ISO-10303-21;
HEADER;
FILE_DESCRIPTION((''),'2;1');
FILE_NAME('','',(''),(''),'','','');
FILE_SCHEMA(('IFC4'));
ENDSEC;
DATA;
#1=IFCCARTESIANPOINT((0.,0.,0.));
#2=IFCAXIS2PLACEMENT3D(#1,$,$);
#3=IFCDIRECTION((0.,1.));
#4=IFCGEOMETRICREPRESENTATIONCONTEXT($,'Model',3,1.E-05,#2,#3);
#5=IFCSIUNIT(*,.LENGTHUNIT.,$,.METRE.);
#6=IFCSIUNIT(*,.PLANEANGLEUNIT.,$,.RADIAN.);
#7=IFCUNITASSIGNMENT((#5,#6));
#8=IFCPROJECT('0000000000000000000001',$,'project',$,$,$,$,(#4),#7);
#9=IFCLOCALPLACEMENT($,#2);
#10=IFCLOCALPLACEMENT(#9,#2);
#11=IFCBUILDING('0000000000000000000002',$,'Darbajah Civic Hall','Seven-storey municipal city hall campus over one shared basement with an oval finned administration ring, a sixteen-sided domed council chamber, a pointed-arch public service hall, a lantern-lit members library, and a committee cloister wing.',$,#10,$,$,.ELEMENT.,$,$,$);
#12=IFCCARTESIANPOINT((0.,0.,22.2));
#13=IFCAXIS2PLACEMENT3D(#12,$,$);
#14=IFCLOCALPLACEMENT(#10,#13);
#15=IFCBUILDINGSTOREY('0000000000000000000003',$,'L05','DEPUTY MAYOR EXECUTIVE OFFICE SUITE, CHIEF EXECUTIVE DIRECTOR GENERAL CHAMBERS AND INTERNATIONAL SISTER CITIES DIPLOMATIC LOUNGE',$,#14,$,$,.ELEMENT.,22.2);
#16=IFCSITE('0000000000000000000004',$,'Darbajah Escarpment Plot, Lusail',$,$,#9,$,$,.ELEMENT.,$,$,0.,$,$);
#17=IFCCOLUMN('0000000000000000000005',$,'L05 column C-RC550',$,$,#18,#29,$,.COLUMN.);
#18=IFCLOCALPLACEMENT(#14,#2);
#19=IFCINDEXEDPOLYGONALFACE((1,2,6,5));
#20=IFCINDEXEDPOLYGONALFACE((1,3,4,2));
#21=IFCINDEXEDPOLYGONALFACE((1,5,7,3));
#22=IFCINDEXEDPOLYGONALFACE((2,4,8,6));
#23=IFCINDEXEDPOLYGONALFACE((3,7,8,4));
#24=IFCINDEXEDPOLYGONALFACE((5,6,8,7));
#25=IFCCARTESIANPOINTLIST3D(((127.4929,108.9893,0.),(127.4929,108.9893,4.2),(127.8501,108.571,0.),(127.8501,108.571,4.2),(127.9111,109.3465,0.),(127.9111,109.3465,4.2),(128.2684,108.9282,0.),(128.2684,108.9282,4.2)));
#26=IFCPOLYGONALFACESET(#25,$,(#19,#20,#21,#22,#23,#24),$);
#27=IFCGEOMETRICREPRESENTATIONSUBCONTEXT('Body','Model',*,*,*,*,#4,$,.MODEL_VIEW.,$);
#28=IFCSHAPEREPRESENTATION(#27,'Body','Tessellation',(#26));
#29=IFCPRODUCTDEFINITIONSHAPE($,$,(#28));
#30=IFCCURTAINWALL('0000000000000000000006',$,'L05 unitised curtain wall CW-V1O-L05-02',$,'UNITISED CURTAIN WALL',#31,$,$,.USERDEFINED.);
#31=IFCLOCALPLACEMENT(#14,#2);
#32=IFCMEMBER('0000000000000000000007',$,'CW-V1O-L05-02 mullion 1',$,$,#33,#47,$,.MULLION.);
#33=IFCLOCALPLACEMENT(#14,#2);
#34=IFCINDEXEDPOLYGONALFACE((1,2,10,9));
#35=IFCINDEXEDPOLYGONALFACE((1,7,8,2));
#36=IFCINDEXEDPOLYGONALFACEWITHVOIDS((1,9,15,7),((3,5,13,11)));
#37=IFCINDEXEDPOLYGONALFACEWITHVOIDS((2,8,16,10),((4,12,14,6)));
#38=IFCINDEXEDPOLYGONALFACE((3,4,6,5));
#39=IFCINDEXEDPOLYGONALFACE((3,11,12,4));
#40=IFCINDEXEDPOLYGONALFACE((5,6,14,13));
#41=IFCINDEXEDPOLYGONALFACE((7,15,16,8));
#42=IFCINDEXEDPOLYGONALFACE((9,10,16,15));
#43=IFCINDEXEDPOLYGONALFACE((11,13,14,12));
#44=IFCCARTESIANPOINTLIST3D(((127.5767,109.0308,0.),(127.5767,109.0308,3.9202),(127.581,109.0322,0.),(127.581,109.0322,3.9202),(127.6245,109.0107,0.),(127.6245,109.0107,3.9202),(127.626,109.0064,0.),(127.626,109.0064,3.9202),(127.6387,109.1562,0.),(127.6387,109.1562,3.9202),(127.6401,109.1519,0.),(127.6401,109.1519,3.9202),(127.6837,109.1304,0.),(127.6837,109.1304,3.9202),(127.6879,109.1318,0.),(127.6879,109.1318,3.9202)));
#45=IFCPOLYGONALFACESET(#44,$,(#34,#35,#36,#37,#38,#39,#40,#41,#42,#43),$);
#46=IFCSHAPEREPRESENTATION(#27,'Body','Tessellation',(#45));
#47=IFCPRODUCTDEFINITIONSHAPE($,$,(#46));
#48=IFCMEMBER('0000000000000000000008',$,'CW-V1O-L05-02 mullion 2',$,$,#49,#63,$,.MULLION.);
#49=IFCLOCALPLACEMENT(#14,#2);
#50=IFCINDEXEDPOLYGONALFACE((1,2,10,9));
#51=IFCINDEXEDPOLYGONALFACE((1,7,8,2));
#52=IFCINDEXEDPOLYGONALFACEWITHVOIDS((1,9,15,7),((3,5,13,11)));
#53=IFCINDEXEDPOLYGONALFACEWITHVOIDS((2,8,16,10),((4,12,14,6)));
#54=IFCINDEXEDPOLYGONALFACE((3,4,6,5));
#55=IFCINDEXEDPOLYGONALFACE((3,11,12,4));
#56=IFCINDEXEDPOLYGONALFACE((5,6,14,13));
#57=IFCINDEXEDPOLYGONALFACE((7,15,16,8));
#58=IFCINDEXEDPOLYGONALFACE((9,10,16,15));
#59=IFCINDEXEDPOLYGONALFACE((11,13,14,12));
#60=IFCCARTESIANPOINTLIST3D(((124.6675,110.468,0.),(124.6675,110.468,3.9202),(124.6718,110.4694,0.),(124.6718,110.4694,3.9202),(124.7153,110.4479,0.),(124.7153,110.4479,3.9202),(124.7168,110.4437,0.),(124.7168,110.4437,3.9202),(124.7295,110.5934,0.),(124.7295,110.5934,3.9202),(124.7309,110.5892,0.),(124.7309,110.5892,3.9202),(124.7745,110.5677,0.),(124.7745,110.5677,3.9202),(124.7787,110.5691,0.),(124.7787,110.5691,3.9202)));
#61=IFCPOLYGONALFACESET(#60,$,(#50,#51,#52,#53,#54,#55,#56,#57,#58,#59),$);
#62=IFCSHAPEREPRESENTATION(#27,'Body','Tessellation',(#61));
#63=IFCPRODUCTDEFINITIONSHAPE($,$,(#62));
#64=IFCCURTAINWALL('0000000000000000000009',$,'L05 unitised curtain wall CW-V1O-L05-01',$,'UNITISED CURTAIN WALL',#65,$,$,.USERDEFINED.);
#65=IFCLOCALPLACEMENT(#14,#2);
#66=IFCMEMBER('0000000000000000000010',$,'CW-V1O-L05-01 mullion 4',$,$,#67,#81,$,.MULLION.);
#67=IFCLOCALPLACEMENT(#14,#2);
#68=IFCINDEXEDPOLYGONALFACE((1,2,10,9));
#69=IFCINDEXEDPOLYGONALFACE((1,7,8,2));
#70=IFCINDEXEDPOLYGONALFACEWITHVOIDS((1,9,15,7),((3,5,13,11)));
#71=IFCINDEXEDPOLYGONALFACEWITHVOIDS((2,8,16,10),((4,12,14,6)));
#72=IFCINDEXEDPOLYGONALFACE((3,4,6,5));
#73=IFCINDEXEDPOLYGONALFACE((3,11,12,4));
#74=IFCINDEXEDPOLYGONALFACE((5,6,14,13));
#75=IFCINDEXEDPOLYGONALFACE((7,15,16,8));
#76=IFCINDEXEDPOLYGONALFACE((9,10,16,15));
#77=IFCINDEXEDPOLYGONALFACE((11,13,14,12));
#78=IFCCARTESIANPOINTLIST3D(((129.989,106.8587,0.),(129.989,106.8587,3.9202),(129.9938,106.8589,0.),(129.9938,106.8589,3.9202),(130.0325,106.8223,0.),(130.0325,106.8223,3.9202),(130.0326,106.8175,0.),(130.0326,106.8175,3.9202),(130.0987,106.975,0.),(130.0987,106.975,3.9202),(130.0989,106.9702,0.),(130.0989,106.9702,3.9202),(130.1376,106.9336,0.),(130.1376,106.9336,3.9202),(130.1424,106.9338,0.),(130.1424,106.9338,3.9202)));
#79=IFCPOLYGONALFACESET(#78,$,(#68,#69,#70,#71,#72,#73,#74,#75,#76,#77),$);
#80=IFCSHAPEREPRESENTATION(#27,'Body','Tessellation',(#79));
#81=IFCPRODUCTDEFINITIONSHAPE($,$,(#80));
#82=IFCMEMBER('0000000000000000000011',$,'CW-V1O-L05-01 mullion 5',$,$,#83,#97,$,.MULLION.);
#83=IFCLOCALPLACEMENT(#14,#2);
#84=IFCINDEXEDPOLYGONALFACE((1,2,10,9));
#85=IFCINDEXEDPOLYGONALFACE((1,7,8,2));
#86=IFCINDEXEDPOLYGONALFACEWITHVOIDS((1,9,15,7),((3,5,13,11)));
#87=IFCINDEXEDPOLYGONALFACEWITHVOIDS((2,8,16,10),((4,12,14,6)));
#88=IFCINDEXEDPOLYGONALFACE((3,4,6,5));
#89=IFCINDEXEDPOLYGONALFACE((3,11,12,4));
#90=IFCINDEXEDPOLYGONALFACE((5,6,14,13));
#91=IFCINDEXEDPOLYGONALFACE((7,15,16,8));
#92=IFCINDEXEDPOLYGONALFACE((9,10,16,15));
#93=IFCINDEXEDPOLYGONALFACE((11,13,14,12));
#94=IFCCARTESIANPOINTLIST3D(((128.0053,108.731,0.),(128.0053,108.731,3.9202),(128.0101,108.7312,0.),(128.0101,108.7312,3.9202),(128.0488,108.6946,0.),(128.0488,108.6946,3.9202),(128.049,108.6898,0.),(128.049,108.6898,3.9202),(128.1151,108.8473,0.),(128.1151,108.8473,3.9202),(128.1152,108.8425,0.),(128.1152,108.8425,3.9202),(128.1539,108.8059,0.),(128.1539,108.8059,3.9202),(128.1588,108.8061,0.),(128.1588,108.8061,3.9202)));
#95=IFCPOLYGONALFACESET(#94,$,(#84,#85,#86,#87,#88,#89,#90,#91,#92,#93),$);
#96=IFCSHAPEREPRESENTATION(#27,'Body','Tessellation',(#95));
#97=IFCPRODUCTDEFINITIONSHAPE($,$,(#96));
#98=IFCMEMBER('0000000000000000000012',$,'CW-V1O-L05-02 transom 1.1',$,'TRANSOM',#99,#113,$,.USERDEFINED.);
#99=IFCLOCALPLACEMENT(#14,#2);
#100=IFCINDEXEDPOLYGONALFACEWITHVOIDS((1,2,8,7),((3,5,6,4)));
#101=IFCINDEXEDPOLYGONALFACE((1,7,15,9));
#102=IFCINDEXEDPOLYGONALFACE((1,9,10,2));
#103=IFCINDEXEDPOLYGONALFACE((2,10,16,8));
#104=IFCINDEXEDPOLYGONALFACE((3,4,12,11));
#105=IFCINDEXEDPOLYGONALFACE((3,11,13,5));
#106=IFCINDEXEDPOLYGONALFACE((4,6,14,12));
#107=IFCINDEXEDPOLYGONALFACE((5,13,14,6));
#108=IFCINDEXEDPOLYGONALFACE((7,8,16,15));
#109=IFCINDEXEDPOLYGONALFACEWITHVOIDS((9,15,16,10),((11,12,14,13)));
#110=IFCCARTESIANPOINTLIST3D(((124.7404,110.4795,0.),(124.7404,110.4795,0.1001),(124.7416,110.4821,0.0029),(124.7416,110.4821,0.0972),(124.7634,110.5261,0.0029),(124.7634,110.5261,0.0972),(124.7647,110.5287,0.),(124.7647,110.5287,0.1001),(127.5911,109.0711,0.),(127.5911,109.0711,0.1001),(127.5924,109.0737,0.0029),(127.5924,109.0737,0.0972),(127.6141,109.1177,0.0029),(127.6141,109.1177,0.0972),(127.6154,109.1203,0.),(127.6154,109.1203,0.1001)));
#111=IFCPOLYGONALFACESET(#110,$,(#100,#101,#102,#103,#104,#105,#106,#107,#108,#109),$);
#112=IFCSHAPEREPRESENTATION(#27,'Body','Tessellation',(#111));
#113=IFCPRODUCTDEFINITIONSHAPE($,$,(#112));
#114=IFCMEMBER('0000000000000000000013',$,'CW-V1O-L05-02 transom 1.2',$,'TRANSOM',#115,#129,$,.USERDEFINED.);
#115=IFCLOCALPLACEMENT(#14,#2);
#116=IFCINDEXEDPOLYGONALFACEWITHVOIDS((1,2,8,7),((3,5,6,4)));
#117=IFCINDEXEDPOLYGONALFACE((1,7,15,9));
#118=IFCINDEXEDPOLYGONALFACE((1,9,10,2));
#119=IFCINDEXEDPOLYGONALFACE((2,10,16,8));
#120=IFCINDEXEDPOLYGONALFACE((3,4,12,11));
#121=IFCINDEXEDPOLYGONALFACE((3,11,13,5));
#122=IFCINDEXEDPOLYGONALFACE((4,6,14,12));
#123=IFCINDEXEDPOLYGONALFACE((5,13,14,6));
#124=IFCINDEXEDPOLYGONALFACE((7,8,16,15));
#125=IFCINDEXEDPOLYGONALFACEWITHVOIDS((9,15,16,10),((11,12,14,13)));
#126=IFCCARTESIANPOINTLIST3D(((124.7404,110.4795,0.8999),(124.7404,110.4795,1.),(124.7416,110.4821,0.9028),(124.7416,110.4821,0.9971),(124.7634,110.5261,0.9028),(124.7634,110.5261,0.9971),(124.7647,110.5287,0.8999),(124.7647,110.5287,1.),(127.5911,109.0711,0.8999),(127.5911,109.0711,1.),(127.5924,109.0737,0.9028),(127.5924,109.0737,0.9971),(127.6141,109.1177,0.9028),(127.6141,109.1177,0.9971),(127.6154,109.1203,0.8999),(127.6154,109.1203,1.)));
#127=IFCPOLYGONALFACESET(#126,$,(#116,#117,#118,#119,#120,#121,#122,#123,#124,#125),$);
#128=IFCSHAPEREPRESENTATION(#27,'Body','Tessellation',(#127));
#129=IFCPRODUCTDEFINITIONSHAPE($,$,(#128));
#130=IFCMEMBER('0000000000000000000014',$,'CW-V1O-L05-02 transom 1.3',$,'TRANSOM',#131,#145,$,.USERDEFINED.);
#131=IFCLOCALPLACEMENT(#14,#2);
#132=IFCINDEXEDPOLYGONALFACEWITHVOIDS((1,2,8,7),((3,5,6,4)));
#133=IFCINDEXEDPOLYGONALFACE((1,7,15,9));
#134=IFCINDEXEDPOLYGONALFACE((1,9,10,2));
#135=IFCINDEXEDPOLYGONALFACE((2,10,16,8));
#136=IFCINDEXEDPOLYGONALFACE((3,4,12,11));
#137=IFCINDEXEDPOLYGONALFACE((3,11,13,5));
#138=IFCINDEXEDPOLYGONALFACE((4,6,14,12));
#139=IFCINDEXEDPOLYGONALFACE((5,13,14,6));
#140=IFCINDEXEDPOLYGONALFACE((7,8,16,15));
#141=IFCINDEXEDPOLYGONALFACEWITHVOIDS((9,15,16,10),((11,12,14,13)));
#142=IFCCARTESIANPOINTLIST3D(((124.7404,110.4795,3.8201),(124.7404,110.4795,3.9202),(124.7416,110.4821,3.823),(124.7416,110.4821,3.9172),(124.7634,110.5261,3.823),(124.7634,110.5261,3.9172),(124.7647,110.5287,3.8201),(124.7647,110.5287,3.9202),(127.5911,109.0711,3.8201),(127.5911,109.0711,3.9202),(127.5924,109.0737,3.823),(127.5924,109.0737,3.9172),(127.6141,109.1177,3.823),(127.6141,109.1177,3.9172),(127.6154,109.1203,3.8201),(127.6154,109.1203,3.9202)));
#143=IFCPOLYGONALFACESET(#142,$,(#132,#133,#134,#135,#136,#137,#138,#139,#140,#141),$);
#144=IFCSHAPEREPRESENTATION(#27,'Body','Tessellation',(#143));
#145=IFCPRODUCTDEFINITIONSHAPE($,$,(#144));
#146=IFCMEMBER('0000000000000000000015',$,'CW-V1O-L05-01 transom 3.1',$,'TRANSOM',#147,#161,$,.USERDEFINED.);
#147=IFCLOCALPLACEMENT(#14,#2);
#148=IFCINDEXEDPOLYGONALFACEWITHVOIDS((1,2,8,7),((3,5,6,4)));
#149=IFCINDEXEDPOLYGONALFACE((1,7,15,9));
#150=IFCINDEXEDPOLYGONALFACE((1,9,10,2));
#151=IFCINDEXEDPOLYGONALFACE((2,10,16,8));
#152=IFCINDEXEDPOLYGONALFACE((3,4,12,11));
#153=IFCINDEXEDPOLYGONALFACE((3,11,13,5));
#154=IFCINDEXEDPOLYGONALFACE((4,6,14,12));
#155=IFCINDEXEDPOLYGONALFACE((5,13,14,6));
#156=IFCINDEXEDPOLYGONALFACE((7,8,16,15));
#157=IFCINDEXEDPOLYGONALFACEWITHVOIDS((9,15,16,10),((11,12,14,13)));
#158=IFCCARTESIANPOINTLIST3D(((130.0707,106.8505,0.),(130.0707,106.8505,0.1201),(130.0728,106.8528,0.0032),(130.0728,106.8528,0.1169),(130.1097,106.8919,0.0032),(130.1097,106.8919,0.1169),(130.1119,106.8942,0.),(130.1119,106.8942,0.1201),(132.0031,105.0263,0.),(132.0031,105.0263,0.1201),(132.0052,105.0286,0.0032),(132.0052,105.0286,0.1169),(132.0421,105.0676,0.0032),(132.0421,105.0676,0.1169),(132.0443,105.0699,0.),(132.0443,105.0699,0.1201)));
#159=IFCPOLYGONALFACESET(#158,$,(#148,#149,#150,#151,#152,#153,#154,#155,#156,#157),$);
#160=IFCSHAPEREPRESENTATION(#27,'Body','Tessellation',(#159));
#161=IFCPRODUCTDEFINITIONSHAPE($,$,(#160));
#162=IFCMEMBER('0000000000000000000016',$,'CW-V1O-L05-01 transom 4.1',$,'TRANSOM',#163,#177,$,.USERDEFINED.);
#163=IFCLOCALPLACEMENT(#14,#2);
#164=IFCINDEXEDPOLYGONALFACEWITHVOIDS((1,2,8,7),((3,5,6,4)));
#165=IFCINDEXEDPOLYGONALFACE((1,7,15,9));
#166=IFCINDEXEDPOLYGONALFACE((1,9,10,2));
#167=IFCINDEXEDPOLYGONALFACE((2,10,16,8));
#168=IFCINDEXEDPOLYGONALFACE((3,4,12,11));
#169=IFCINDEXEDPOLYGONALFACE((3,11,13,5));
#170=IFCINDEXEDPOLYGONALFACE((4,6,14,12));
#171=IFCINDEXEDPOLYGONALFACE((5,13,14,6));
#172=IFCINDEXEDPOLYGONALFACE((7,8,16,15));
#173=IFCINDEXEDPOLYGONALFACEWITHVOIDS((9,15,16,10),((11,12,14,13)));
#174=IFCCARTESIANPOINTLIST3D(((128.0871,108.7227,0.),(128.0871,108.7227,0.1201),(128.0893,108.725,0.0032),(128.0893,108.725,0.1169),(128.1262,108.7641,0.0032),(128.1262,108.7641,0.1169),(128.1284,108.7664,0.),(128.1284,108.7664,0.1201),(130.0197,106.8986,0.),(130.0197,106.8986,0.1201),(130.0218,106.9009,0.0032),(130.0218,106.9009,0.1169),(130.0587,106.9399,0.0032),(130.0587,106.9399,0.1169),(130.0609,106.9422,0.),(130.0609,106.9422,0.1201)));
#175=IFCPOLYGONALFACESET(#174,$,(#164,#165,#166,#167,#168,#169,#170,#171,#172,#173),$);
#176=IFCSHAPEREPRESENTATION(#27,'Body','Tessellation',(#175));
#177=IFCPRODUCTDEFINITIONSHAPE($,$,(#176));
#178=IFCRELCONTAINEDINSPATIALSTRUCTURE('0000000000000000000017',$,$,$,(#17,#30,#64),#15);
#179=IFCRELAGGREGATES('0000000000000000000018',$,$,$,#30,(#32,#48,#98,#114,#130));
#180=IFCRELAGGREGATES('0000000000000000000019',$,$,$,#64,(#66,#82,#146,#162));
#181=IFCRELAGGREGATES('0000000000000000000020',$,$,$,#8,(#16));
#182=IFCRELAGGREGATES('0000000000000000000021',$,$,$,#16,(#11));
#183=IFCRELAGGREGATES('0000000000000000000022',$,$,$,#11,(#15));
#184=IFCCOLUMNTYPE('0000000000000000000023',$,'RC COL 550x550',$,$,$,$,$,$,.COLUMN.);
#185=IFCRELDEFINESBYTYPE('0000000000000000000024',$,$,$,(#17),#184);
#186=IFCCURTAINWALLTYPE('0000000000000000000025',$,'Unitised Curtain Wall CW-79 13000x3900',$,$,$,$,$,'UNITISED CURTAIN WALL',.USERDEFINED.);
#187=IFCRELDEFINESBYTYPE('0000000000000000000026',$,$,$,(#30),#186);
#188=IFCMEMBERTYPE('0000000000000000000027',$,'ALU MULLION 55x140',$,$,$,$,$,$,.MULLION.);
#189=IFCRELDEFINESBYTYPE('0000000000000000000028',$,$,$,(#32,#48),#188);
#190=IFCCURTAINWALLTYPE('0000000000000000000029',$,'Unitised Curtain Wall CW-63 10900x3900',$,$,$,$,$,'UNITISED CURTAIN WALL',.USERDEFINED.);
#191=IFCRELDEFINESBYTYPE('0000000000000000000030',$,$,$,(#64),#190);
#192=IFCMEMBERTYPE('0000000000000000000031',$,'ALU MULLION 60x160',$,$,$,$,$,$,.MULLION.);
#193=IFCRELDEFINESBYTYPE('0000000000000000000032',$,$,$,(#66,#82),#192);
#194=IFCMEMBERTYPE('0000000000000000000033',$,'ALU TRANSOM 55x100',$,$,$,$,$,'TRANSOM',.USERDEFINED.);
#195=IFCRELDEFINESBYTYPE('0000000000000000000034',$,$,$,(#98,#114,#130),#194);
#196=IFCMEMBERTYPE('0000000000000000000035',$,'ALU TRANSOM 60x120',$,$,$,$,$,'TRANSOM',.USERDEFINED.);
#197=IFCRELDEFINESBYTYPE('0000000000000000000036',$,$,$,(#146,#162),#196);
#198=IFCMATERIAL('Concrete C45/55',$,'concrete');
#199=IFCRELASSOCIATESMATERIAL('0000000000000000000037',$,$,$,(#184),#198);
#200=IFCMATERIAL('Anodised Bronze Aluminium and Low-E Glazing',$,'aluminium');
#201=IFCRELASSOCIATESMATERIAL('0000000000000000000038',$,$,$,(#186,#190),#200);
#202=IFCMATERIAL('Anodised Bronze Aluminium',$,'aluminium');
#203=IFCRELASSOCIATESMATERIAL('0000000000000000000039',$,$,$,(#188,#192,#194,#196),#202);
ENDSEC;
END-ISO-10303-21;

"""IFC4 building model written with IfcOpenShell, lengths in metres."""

from ifc_helpers import new_model, si_unit, direction, frame, origin, origin_2d, place, context, subcontext, project, spatial, rectangle, hollow_rectangle, extrude, material, material_profile, profile_set, type_object, element, aggregate, save


model = new_model("IFC4")

# Units and contexts
model_context = context("Model", 3, precision=1e-05, world=origin(), true_north=direction((0.0, 1.0)))
body_context = subcontext(model_context, "Body", "Model", "MODEL_VIEW")
ifc_project = project(units=[si_unit("LENGTHUNIT", "METRE"), si_unit("PLANEANGLEUNIT", "RADIAN")], contexts=[model_context])

# Site, building, storey
site_placement = place(None, origin())
site = spatial("IfcSite", under=ifc_project, at=site_placement, Name="Darbajah Escarpment Plot, Lusail", CompositionType="ELEMENT", RefElevation=0.0)
building_placement = place(site_placement, origin())
building = spatial("IfcBuilding", under=site, at=building_placement, Name="Darbajah Civic Hall", Description="Seven-storey municipal city hall campus over one shared basement with an oval finned administration ring, a sixteen-sided domed council chamber, a pointed-arch public service hall, a lantern-lit members library, and a committee cloister wing.", CompositionType="ELEMENT")
storey_placement = place(building_placement, frame((0.0, 0.0, 22.2)))
storey = spatial("IfcBuildingStorey", under=building, at=storey_placement, Name="L05", Description="DEPUTY MAYOR EXECUTIVE OFFICE SUITE, CHIEF EXECUTIVE DIRECTOR GENERAL CHAMBERS AND INTERNATIONAL SISTER CITIES DIPLOMATIC LOUNGE", CompositionType="ELEMENT", Elevation=22.2)

# Column
ifc_material_1 = material(Name="Concrete C45/55", Category="concrete")
ifc_material_profile_1 = material_profile(ifc_material_1, rectangle(XDim=0.55, YDim=0.55, at=origin_2d()), Name="RC COL 550x550")
ifc_profile_set_1 = profile_set([ifc_material_profile_1], Name="Concrete C45/55")
column_type = type_object("IfcColumnType", Name="RC COL 550x550", PredefinedType="COLUMN", material=ifc_profile_set_1)
column_placement = place(storey_placement, frame((127.8806, 108.9587, 0.0), z_axis=(0.0, 0.0, 1.0), x_axis=(0.760406, 0.649448, 0.0)))
element("IfcColumn", 1, at=column_placement, inside=storey, type_object=column_type, Name="L05 column C-RC550", PredefinedType="COLUMN", context=body_context, shape_type="SweptSolid", body=[
    extrude(rectangle(XDim=0.55, YDim=0.55, at=origin_2d()), origin(), (0.0, 0.0, 1.0), 4.2),
])

# Curtain walls, members
ifc_material_2 = material(Name="Anodised Bronze Aluminium and Low-E Glazing", Category="aluminium")
curtain_wall_type_1 = type_object("IfcCurtainWallType", Name="Unitised Curtain Wall CW-79 13000x3900", ElementType="UNITISED CURTAIN WALL", PredefinedType="USERDEFINED", material=ifc_material_2)
curtain_wall_1_placement = place(storey_placement, origin())
curtain_wall_1 = element("IfcCurtainWall", 2, at=curtain_wall_1_placement, inside=storey, type_object=curtain_wall_type_1, Name="L05 unitised curtain wall CW-V1O-L05-02", ObjectType="UNITISED CURTAIN WALL", PredefinedType="USERDEFINED")
ifc_material_3 = material(Name="Anodised Bronze Aluminium", Category="aluminium")
ifc_material_profile_2 = material_profile(ifc_material_3, hollow_rectangle(XDim=0.0549, YDim=0.1399, WallThickness=0.0032, at=origin_2d()), Name="ALU MULLION 55x140")
ifc_profile_set_2 = profile_set([ifc_material_profile_2], Name="Anodised Bronze Aluminium")
member_type_1 = type_object("IfcMemberType", Name="ALU MULLION 55x140", PredefinedType="MULLION", material=ifc_profile_set_2)
member_1_placement = place(storey_placement, frame((127.6323, 109.0813, 0.0), z_axis=(0.0, 0.0, 1.0), x_axis=(-0.896564, 0.442915, 0.0)))
member_1 = element("IfcMember", 3, at=member_1_placement, type_object=member_type_1, Name="CW-V1O-L05-02 mullion 1", PredefinedType="MULLION", context=body_context, shape_type="SweptSolid", body=[
    extrude(hollow_rectangle(XDim=0.0549, YDim=0.1399, WallThickness=0.0032, at=origin_2d()), origin(), (0.0, 0.0, 1.0), 3.9202),
])
member_2_placement = place(storey_placement, frame((124.7231, 110.5186, 0.0), z_axis=(0.0, 0.0, 1.0), x_axis=(-0.896564, 0.442915, 0.0)))
member_2 = element("IfcMember", 4, at=member_2_placement, type_object=member_type_1, Name="CW-V1O-L05-02 mullion 2", PredefinedType="MULLION", context=body_context, shape_type="SweptSolid", body=[
    extrude(hollow_rectangle(XDim=0.0549, YDim=0.1399, WallThickness=0.0032, at=origin_2d()), origin(), (0.0, 0.0, 1.0), 3.9202),
])
curtain_wall_type_2 = type_object("IfcCurtainWallType", Name="Unitised Curtain Wall CW-63 10900x3900", ElementType="UNITISED CURTAIN WALL", PredefinedType="USERDEFINED", material=ifc_material_2)
curtain_wall_2_placement = place(storey_placement, origin())
curtain_wall_2 = element("IfcCurtainWall", 5, at=curtain_wall_2_placement, inside=storey, type_object=curtain_wall_type_2, Name="L05 unitised curtain wall CW-V1O-L05-01", ObjectType="UNITISED CURTAIN WALL", PredefinedType="USERDEFINED")
ifc_material_profile_3 = material_profile(ifc_material_3, hollow_rectangle(XDim=0.0601, YDim=0.1599, WallThickness=0.0034, at=origin_2d()), Name="ALU MULLION 60x160")
ifc_profile_set_3 = profile_set([ifc_material_profile_3], Name="Anodised Bronze Aluminium")
member_type_2 = type_object("IfcMemberType", Name="ALU MULLION 60x160", PredefinedType="MULLION", material=ifc_profile_set_3)
member_3_placement = place(storey_placement, frame((130.0657, 106.8962, 0.0), z_axis=(0.0, 0.0, 1.0), x_axis=(-0.727174, 0.686453, 0.0)))
member_3 = element("IfcMember", 6, at=member_3_placement, type_object=member_type_2, Name="CW-V1O-L05-01 mullion 4", PredefinedType="MULLION", context=body_context, shape_type="SweptSolid", body=[
    extrude(hollow_rectangle(XDim=0.0601, YDim=0.1599, WallThickness=0.0034, at=origin_2d()), origin(), (0.0, 0.0, 1.0), 3.9202),
])
member_4_placement = place(storey_placement, frame((128.082, 108.7686, 0.0), z_axis=(0.0, 0.0, 1.0), x_axis=(-0.727174, 0.686453, 0.0)))
member_4 = element("IfcMember", 7, at=member_4_placement, type_object=member_type_2, Name="CW-V1O-L05-01 mullion 5", PredefinedType="MULLION", context=body_context, shape_type="SweptSolid", body=[
    extrude(hollow_rectangle(XDim=0.0601, YDim=0.1599, WallThickness=0.0034, at=origin_2d()), origin(), (0.0, 0.0, 1.0), 3.9202),
])

# Members
ifc_material_profile_4 = material_profile(ifc_material_3, hollow_rectangle(XDim=0.0549, YDim=0.1001, WallThickness=0.0029, at=origin_2d()), Name="ALU TRANSOM 55x100")
ifc_profile_set_4 = profile_set([ifc_material_profile_4], Name="Anodised Bronze Aluminium")
member_type_3 = type_object("IfcMemberType", Name="ALU TRANSOM 55x100", ElementType="TRANSOM", PredefinedType="USERDEFINED", material=ifc_profile_set_4)
member_5_placement = place(storey_placement, frame((127.6033, 109.0957, 0.05), z_axis=(-0.896551, 0.44294, 0.0), x_axis=(-0.44294, -0.896551, 0.0)))
member_5 = element("IfcMember", 8, at=member_5_placement, type_object=member_type_3, Name="CW-V1O-L05-02 transom 1.1", ObjectType="TRANSOM", PredefinedType="USERDEFINED", context=body_context, shape_type="SweptSolid", body=[
    extrude(hollow_rectangle(XDim=0.0549, YDim=0.1001, WallThickness=0.0029, at=origin_2d()), origin(), (0.0, 0.0, 1.0), 3.1797),
])
member_6_placement = place(storey_placement, frame((127.6033, 109.0957, 0.95), z_axis=(-0.896551, 0.44294, 0.0), x_axis=(-0.44294, -0.896551, 0.0)))
member_6 = element("IfcMember", 9, at=member_6_placement, type_object=member_type_3, Name="CW-V1O-L05-02 transom 1.2", ObjectType="TRANSOM", PredefinedType="USERDEFINED", context=body_context, shape_type="SweptSolid", body=[
    extrude(hollow_rectangle(XDim=0.0549, YDim=0.1001, WallThickness=0.0029, at=origin_2d()), origin(), (0.0, 0.0, 1.0), 3.1797),
])
member_7_placement = place(storey_placement, frame((127.6033, 109.0957, 3.8701), z_axis=(-0.896551, 0.44294, 0.0), x_axis=(-0.44294, -0.896551, 0.0)))
member_7 = element("IfcMember", 10, at=member_7_placement, type_object=member_type_3, Name="CW-V1O-L05-02 transom 1.3", ObjectType="TRANSOM", PredefinedType="USERDEFINED", context=body_context, shape_type="SweptSolid", body=[
    extrude(hollow_rectangle(XDim=0.0549, YDim=0.1001, WallThickness=0.0029, at=origin_2d()), origin(), (0.0, 0.0, 1.0), 3.1797),
])
ifc_material_profile_5 = material_profile(ifc_material_3, hollow_rectangle(XDim=0.0601, YDim=0.1201, WallThickness=0.0032, at=origin_2d()), Name="ALU TRANSOM 60x120")
ifc_profile_set_5 = profile_set([ifc_material_profile_5], Name="Anodised Bronze Aluminium")
member_type_4 = type_object("IfcMemberType", Name="ALU TRANSOM 60x120", ElementType="TRANSOM", PredefinedType="USERDEFINED", material=ifc_profile_set_5)
member_8_placement = place(storey_placement, frame((132.0237, 105.0481, 0.0601), z_axis=(-0.727163, 0.686464, 0.0), x_axis=(-0.686464, -0.727163, 0.0)))
member_8 = element("IfcMember", 11, at=member_8_placement, type_object=member_type_4, Name="CW-V1O-L05-01 transom 3.1", ObjectType="TRANSOM", PredefinedType="USERDEFINED", context=body_context, shape_type="SweptSolid", body=[
    extrude(hollow_rectangle(XDim=0.0601, YDim=0.1201, WallThickness=0.0032, at=origin_2d()), origin(), (0.0, 0.0, 1.0), 2.6575),
])
member_9_placement = place(storey_placement, frame((130.0403, 106.9204, 0.0601), z_axis=(-0.727207, 0.686418, 0.0), x_axis=(-0.686418, -0.727207, 0.0)))
member_9 = element("IfcMember", 12, at=member_9_placement, type_object=member_type_4, Name="CW-V1O-L05-01 transom 4.1", ObjectType="TRANSOM", PredefinedType="USERDEFINED", context=body_context, shape_type="SweptSolid", body=[
    extrude(hollow_rectangle(XDim=0.0601, YDim=0.1201, WallThickness=0.0032, at=origin_2d()), origin(), (0.0, 0.0, 1.0), 2.6575),
])

aggregate(curtain_wall_1, [member_1, member_2, member_5, member_6, member_7])
aggregate(curtain_wall_2, [member_3, member_4, member_8, member_9])

save(model, "model.ifc")
